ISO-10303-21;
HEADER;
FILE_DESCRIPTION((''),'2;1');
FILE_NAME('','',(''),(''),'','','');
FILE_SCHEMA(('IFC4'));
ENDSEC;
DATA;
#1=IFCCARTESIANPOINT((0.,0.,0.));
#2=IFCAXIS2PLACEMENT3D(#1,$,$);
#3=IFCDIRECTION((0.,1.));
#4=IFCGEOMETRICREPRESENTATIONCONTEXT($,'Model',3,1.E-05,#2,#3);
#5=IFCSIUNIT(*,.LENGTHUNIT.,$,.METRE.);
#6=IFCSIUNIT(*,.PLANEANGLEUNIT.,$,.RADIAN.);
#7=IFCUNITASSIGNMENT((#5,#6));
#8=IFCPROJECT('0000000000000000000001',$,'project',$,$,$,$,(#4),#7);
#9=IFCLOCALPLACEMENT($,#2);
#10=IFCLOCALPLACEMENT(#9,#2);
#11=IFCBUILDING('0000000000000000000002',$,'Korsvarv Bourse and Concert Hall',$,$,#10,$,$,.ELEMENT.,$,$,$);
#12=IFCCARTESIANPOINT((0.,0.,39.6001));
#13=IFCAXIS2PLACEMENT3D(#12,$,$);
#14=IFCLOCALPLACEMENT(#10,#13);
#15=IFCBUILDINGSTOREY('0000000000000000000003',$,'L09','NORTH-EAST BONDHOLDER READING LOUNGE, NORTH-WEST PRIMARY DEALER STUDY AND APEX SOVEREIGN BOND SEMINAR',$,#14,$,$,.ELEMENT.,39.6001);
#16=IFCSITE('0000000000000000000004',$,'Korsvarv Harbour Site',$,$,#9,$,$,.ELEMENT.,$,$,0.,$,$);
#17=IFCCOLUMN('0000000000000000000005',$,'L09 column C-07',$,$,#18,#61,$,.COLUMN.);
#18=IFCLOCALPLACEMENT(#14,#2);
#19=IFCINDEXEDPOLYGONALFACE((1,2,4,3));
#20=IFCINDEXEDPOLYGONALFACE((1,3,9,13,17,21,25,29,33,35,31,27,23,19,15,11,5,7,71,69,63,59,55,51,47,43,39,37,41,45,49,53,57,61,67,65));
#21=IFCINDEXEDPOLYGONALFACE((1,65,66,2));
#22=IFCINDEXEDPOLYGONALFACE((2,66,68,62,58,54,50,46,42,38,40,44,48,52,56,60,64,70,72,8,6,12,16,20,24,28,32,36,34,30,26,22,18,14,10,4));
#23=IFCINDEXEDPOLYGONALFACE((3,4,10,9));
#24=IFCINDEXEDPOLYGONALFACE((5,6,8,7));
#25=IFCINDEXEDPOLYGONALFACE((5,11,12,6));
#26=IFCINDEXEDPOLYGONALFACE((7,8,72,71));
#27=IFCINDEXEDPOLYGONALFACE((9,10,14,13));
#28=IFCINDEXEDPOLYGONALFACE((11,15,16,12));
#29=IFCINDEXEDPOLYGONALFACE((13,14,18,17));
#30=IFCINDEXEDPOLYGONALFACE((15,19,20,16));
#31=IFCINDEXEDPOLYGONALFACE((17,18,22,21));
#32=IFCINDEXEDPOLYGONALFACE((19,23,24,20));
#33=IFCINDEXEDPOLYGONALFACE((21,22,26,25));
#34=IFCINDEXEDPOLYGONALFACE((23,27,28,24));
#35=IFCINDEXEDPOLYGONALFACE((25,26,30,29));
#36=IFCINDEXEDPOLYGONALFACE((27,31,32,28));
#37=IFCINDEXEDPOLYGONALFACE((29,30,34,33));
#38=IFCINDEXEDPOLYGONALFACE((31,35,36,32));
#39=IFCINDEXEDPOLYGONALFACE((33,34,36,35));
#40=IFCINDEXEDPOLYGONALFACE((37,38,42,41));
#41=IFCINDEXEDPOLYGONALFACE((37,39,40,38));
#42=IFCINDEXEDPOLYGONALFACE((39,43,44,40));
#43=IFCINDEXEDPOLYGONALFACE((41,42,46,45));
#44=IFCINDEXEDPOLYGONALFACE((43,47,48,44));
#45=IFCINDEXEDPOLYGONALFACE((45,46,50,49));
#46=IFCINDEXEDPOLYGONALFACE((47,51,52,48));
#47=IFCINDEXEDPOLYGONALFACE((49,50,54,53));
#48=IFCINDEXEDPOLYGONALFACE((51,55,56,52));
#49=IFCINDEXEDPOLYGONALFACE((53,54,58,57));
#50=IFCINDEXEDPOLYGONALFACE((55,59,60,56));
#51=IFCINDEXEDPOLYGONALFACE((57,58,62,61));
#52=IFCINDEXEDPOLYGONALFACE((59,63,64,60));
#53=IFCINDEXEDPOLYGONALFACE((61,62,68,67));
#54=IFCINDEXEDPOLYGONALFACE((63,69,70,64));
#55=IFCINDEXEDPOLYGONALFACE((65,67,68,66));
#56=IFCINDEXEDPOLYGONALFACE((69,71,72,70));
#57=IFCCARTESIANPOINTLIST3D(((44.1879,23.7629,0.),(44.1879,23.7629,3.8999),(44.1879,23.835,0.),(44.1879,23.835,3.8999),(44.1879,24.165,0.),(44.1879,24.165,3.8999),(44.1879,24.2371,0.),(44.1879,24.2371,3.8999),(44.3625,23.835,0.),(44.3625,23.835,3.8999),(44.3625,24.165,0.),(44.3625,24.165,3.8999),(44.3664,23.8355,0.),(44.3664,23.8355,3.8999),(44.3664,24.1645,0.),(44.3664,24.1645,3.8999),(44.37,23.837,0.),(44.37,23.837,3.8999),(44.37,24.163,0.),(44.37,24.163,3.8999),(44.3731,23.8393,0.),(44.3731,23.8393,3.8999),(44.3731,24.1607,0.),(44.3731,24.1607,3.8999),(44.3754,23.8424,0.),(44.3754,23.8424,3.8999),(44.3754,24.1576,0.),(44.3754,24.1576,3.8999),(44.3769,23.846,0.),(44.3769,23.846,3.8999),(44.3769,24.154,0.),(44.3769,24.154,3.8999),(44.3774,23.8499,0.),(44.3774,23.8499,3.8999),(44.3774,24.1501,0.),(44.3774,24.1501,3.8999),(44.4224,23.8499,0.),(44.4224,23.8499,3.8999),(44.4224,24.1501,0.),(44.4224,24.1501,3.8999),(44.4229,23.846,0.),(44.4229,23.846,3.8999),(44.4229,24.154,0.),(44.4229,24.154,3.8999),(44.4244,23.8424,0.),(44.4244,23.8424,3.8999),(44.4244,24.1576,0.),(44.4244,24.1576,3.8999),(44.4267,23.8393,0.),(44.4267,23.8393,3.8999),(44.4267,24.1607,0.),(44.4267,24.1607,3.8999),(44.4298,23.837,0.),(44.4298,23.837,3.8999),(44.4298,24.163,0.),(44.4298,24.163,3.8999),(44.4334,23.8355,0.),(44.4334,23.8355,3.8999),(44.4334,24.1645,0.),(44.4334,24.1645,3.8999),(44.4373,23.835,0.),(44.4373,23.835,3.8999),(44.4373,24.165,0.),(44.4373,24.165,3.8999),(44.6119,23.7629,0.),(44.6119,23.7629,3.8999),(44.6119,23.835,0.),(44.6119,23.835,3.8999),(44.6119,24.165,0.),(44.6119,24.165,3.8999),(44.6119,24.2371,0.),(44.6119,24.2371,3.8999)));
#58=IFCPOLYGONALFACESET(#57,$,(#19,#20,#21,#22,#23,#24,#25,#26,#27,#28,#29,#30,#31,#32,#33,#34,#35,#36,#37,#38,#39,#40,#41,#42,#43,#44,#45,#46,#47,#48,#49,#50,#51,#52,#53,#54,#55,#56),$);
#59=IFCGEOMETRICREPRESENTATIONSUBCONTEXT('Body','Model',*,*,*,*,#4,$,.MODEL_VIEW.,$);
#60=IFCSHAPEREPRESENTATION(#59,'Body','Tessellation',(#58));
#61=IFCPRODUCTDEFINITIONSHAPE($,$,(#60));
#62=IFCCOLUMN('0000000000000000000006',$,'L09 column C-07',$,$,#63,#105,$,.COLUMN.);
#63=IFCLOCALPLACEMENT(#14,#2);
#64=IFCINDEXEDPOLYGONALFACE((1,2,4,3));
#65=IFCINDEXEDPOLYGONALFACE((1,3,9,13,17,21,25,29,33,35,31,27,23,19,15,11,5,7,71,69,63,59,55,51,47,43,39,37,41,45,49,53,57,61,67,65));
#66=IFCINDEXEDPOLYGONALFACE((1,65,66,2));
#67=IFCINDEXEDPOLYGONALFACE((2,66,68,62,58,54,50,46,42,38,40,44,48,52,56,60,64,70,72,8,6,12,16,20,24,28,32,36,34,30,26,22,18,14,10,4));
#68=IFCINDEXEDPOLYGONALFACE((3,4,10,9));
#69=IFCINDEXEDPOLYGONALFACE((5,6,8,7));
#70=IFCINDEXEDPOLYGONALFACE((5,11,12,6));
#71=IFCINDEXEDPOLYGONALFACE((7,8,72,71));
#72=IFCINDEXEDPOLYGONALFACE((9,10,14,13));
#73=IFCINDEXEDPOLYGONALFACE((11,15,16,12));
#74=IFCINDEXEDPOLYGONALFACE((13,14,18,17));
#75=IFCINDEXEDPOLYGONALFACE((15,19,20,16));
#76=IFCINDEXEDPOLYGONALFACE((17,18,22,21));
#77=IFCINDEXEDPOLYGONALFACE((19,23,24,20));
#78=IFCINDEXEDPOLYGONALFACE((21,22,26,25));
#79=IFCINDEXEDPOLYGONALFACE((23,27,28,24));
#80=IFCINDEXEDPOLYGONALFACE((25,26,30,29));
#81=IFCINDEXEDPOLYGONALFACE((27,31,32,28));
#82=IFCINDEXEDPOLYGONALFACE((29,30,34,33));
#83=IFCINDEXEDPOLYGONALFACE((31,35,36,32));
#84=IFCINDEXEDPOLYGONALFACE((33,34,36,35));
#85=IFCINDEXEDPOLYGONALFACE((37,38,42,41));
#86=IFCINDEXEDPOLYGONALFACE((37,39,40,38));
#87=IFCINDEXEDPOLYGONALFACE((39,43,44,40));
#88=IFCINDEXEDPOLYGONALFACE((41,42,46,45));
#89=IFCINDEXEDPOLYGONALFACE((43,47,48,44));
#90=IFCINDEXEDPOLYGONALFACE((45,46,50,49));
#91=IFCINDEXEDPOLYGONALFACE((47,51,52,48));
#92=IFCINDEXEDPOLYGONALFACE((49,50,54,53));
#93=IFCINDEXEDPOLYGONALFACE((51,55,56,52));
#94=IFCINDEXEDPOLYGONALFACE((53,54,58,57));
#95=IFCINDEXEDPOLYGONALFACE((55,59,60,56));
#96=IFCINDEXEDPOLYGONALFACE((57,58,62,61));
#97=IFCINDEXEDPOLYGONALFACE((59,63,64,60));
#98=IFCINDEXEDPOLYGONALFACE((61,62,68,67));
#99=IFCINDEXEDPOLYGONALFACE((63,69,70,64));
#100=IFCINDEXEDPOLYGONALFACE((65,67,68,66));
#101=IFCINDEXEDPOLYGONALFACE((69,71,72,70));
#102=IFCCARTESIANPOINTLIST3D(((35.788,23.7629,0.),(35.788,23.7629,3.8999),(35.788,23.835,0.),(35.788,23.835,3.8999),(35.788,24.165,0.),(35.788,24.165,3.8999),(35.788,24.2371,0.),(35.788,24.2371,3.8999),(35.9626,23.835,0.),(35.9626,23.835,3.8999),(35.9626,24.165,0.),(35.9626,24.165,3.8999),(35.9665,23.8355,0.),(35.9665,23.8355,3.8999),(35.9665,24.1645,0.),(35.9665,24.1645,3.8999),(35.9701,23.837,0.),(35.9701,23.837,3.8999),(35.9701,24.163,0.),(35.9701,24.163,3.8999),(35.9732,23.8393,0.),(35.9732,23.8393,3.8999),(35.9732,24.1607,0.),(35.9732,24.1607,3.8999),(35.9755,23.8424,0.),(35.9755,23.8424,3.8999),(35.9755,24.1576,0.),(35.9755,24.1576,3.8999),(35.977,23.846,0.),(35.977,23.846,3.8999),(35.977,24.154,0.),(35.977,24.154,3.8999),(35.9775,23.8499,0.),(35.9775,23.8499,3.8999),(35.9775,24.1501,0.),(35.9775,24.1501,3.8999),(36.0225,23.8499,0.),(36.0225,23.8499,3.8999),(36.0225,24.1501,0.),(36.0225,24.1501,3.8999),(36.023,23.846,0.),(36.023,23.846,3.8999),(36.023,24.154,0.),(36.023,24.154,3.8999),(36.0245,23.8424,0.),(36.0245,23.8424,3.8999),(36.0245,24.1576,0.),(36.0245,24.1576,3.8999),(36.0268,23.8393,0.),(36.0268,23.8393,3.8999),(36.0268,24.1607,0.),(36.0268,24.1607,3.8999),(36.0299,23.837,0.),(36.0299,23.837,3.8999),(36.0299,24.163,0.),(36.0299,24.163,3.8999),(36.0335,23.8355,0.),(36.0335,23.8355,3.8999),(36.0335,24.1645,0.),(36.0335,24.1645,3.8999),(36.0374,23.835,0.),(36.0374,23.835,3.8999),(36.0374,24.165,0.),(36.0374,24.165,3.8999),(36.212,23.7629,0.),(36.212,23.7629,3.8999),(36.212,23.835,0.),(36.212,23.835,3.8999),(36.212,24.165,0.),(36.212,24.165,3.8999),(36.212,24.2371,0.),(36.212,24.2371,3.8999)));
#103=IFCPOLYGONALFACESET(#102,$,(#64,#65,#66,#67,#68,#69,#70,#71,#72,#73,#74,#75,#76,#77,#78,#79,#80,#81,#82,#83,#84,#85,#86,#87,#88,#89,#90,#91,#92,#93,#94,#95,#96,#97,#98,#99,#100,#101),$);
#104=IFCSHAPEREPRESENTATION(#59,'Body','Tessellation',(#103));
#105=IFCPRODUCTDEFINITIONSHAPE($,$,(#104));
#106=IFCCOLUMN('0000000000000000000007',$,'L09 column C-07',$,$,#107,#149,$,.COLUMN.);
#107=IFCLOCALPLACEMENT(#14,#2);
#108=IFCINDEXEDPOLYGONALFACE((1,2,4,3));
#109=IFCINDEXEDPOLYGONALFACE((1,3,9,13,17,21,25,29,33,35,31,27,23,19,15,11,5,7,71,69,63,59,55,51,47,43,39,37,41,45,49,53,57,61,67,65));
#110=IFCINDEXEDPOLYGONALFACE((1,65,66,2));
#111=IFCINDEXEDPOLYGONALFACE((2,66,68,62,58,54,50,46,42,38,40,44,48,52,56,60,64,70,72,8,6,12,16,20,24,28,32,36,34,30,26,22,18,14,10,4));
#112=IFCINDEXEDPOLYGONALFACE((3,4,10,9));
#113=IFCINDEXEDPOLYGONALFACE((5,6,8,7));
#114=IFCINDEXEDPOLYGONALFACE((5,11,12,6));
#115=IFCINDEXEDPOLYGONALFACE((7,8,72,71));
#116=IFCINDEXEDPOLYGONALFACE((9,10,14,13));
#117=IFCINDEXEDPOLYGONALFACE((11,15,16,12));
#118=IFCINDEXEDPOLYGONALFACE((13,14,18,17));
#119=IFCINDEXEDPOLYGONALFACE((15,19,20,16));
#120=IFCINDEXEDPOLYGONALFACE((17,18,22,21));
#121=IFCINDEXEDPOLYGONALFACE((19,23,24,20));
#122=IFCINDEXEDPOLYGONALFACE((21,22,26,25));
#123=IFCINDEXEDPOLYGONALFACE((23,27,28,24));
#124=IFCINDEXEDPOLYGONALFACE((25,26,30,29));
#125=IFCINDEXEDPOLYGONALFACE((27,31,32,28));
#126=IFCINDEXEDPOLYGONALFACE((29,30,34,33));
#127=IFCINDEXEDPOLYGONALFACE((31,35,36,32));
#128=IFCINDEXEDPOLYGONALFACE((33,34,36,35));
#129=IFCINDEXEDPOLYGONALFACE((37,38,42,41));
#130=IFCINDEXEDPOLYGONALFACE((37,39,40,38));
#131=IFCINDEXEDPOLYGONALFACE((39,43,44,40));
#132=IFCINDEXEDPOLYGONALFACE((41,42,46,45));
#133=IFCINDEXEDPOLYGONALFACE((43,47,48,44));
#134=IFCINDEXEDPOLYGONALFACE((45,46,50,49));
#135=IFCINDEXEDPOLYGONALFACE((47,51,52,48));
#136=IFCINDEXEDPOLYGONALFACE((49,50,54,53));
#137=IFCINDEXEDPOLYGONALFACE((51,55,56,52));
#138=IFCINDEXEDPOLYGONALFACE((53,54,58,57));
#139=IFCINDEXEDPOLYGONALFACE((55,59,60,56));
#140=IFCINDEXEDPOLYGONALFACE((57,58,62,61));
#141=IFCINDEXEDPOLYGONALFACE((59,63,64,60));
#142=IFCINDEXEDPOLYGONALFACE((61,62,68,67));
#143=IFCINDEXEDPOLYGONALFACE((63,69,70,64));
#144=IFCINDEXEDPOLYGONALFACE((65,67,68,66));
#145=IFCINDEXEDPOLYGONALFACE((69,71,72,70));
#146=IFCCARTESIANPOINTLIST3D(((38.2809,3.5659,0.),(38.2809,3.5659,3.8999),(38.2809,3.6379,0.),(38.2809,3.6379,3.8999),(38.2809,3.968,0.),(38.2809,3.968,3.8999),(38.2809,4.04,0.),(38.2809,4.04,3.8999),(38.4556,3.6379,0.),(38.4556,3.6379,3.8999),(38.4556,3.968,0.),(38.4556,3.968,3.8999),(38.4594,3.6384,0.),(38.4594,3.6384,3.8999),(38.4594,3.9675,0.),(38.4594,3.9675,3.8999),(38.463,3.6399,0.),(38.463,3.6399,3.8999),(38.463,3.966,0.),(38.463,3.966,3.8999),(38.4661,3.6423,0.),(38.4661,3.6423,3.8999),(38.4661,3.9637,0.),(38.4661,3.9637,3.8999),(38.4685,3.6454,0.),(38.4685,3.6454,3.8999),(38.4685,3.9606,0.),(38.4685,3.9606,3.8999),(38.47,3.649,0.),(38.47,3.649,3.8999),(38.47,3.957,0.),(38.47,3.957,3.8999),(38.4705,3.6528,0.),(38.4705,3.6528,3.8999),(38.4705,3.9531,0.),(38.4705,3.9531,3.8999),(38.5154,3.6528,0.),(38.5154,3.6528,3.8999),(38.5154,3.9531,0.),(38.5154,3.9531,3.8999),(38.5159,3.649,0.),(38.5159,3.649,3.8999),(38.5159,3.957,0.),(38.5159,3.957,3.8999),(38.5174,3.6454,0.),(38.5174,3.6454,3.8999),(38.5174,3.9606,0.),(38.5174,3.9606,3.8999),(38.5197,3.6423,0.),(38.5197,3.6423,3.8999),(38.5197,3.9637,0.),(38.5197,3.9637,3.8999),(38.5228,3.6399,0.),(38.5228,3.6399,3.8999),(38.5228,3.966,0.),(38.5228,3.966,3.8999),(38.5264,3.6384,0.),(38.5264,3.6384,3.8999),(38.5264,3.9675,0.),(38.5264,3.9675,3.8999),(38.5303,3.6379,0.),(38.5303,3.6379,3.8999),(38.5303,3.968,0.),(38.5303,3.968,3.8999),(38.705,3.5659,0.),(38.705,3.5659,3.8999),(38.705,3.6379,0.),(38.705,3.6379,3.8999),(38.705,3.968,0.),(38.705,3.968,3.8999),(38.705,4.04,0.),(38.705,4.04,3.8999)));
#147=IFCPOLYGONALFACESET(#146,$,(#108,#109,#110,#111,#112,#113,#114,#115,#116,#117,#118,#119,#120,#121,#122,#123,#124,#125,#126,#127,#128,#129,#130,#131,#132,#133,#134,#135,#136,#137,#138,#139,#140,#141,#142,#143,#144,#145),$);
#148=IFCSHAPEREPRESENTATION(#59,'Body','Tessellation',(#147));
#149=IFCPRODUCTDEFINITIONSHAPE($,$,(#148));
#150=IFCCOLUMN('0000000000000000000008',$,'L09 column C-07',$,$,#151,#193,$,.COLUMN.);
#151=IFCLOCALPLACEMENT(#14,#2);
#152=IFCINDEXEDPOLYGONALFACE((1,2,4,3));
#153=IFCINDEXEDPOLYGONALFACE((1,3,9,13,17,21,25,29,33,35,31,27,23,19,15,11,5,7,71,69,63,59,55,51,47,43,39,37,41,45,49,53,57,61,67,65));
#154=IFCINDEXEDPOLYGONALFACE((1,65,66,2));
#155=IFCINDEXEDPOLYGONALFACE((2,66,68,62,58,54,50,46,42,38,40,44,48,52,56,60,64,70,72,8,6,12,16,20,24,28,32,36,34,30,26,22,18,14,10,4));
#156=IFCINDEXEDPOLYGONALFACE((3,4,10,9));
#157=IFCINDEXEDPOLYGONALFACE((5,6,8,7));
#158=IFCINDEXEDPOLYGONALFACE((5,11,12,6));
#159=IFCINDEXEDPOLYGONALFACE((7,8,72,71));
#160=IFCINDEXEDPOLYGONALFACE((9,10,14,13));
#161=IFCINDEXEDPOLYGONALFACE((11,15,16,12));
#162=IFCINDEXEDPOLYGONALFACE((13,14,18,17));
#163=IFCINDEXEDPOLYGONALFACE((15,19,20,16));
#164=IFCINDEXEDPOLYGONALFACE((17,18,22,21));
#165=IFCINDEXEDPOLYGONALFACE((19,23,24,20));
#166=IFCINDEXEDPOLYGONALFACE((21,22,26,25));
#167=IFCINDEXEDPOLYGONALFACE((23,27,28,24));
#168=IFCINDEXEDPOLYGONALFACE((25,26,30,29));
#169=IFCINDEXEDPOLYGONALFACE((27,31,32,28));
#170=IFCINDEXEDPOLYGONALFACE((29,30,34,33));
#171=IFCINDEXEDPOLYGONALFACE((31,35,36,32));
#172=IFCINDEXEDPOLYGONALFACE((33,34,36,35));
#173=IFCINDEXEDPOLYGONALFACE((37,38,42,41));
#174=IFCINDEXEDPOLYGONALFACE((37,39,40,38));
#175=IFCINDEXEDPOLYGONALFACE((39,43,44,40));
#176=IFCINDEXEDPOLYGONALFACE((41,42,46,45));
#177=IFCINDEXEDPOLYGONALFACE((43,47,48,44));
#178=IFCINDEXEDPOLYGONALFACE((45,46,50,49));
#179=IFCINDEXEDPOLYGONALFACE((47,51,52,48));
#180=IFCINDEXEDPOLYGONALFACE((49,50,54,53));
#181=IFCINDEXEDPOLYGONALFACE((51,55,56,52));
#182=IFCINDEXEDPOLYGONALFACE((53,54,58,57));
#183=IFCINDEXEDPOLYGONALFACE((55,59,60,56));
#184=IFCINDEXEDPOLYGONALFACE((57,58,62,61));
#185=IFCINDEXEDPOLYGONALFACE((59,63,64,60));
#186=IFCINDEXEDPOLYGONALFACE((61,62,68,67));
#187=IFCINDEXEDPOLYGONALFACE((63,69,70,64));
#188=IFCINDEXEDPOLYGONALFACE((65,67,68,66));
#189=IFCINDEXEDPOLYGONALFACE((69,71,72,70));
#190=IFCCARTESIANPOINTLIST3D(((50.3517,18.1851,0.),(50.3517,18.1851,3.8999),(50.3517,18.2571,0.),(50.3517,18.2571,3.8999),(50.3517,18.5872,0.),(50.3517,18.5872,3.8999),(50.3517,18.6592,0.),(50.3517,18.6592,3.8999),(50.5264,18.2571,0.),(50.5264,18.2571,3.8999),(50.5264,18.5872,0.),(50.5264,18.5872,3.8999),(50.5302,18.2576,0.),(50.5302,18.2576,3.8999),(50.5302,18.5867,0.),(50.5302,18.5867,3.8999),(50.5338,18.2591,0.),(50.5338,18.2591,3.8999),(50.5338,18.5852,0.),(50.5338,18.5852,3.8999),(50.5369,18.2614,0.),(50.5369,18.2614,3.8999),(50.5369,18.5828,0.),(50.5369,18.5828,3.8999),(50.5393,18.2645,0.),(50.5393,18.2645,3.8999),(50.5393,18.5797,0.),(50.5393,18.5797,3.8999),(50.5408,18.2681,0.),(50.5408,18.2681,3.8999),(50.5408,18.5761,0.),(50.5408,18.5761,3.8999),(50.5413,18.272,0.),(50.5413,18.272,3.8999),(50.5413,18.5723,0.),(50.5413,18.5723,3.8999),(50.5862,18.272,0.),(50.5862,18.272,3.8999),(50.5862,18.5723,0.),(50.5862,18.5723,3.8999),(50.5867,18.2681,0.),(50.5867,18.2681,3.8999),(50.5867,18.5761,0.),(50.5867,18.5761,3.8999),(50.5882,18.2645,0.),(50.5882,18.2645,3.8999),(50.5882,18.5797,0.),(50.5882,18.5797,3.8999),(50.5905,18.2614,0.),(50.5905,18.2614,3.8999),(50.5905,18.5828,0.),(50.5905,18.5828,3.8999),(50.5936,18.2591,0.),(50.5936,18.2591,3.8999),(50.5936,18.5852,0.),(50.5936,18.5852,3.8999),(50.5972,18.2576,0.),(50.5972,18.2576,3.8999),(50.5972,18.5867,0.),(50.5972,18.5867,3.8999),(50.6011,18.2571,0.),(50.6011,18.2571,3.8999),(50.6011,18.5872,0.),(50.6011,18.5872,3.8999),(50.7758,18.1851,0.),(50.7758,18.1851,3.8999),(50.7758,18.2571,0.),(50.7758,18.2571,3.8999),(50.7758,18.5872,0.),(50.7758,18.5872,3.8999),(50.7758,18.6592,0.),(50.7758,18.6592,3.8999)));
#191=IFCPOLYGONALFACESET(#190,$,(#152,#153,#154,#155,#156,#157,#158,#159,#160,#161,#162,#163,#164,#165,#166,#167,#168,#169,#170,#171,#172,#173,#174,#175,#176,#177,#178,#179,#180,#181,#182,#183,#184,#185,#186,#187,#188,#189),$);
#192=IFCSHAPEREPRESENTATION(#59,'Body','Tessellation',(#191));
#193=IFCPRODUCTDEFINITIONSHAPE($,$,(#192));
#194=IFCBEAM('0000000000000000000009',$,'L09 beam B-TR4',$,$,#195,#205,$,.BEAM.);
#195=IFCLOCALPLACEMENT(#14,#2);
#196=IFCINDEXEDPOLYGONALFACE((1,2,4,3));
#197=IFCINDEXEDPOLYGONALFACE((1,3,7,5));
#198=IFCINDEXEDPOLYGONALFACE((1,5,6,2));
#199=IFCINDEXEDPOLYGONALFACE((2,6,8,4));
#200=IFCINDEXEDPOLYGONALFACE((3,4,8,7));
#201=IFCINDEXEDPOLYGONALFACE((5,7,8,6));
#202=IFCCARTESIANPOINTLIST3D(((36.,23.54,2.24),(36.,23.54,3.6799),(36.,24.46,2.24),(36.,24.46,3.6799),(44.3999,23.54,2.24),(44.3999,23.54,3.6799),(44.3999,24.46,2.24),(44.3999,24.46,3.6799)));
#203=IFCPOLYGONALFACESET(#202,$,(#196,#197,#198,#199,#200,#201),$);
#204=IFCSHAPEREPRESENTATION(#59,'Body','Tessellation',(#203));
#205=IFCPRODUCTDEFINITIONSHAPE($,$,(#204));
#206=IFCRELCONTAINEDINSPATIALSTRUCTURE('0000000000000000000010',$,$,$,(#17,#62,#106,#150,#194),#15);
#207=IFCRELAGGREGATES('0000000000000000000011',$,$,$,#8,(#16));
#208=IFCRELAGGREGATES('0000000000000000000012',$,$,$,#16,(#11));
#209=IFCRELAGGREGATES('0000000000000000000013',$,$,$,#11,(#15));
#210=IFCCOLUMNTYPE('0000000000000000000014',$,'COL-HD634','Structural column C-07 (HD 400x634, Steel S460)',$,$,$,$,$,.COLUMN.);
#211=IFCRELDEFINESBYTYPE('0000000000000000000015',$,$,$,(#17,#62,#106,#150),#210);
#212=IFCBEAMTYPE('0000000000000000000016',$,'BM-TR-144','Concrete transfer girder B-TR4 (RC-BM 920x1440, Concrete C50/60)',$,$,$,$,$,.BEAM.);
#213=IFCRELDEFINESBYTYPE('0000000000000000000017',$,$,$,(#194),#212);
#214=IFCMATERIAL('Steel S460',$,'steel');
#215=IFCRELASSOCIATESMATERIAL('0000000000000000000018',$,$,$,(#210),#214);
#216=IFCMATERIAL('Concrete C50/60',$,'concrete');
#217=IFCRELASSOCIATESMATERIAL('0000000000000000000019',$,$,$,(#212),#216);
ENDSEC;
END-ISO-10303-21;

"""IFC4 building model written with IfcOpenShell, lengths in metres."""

from ifc_helpers import new_model, si_unit, direction, frame, origin, origin_2d, place, context, subcontext, project, spatial, rectangle, i_section, extrude, source, transform, mapped, material, material_profile, profile_set, type_object, element, save


model = new_model("IFC4")

# Units and contexts
model_context = context("Model", 3, precision=1e-05, world=origin(), true_north=direction((0.0, 1.0)))
body_context = subcontext(model_context, "Body", "Model", "MODEL_VIEW")
ifc_project = project(units=[si_unit("LENGTHUNIT", "METRE"), si_unit("PLANEANGLEUNIT", "RADIAN")], contexts=[model_context])

# Site, building, storey
site_placement = place(None, origin())
site = spatial("IfcSite", under=ifc_project, at=site_placement, Name="Korsvarv Harbour Site", CompositionType="ELEMENT", RefElevation=0.0)
building_placement = place(site_placement, origin())
building = spatial("IfcBuilding", under=site, at=building_placement, Name="Korsvarv Bourse and Concert Hall", CompositionType="ELEMENT")
storey_placement = place(building_placement, frame((0.0, 0.0, 39.6001)))
storey = spatial("IfcBuildingStorey", under=building, at=storey_placement, Name="L09", Description="NORTH-EAST BONDHOLDER READING LOUNGE, NORTH-WEST PRIMARY DEALER STUDY AND APEX SOVEREIGN BOND SEMINAR", CompositionType="ELEMENT", Elevation=39.6001)

# Columns
ifc_material_1 = material(Name="Steel S460", Category="steel")
ifc_material_profile_1 = material_profile(ifc_material_1, i_section(OverallWidth=0.4241, OverallDepth=0.4741, WebThickness=0.0449, FlangeThickness=0.072, FilletRadius=0.0149, at=origin_2d()), Name="HD 400x634")
ifc_profile_set_1 = profile_set([ifc_material_profile_1], Name="Steel S460")
column_type = type_object("IfcColumnType", Name="COL-HD634", Description="Structural column C-07 (HD 400x634, Steel S460)", PredefinedType="COLUMN", material=ifc_profile_set_1)
shared_shape_1 = source(origin(), body_context, "Body", "SweptSolid", [
    extrude(i_section(OverallWidth=0.4241, OverallDepth=0.4741, WebThickness=0.0449, FlangeThickness=0.072, FilletRadius=0.0149, at=origin_2d()), origin(), (0.0, 0.0, 1.0), 3.8999),
])
for number, where, z_axis, x_axis, name in (
    (1, (44.3999, 24.0, 0.0), (0.0, 0.0, 1.0), (1.0, 0.0, 0.0), "L09 column C-07"),
    (2, (36.0, 24.0, 0.0), (0.0, 0.0, 1.0), (1.0, 0.0, 0.0), "L09 column C-07"),
    (3, (38.4929, 3.803, 0.0), (0.0, 0.0, 1.0), (1.0, 0.0, 0.0), "L09 column C-07"),
    (4, (50.5637, 18.4221, 0.0), (0.0, 0.0, 1.0), (1.0, 0.0, 0.0), "L09 column C-07"),
):
    element("IfcColumn", number, at=place(storey_placement, frame(where, z_axis=z_axis, x_axis=x_axis)), inside=storey, type_object=column_type, Name=name, PredefinedType="COLUMN", context=body_context, shape_type="MappedRepresentation", body=[
        mapped(shared_shape_1, transform((0.0, 0.0, 0.0), scale=1.0)),
    ])

# Beam
ifc_material_2 = material(Name="Concrete C50/60", Category="concrete")
ifc_material_profile_2 = material_profile(ifc_material_2, rectangle(XDim=0.9199, YDim=1.4399, at=origin_2d()), Name="RC-BM 920x1440")
ifc_profile_set_2 = profile_set([ifc_material_profile_2], Name="Concrete C50/60")
beam_type_1 = type_object("IfcBeamType", Name="BM-TR-144", Description="Concrete transfer girder B-TR4 (RC-BM 920x1440, Concrete C50/60)", PredefinedType="BEAM", material=ifc_profile_set_2)
shared_shape_2 = source(origin(), body_context, "Body", "SweptSolid", [
    extrude(rectangle(XDim=0.9199, YDim=1.4399, at=origin_2d()), origin(), (0.0, 0.0, 1.0), 8.3999),
])
for number, where, z_axis, x_axis, name in (
    (5, (36.0, 24.0, 2.96), (1.0, 0.0, 0.0), (0.0, 1.0, 0.0), "L09 beam B-TR4"),
):
    element("IfcBeam", number, at=place(storey_placement, frame(where, z_axis=z_axis, x_axis=x_axis)), inside=storey, type_object=beam_type_1, Name=name, PredefinedType="BEAM", context=body_context, shape_type="MappedRepresentation", body=[
        mapped(shared_shape_2, transform((0.0, 0.0, 0.0), scale=1.0)),
    ])

save(model, "model.ifc")
